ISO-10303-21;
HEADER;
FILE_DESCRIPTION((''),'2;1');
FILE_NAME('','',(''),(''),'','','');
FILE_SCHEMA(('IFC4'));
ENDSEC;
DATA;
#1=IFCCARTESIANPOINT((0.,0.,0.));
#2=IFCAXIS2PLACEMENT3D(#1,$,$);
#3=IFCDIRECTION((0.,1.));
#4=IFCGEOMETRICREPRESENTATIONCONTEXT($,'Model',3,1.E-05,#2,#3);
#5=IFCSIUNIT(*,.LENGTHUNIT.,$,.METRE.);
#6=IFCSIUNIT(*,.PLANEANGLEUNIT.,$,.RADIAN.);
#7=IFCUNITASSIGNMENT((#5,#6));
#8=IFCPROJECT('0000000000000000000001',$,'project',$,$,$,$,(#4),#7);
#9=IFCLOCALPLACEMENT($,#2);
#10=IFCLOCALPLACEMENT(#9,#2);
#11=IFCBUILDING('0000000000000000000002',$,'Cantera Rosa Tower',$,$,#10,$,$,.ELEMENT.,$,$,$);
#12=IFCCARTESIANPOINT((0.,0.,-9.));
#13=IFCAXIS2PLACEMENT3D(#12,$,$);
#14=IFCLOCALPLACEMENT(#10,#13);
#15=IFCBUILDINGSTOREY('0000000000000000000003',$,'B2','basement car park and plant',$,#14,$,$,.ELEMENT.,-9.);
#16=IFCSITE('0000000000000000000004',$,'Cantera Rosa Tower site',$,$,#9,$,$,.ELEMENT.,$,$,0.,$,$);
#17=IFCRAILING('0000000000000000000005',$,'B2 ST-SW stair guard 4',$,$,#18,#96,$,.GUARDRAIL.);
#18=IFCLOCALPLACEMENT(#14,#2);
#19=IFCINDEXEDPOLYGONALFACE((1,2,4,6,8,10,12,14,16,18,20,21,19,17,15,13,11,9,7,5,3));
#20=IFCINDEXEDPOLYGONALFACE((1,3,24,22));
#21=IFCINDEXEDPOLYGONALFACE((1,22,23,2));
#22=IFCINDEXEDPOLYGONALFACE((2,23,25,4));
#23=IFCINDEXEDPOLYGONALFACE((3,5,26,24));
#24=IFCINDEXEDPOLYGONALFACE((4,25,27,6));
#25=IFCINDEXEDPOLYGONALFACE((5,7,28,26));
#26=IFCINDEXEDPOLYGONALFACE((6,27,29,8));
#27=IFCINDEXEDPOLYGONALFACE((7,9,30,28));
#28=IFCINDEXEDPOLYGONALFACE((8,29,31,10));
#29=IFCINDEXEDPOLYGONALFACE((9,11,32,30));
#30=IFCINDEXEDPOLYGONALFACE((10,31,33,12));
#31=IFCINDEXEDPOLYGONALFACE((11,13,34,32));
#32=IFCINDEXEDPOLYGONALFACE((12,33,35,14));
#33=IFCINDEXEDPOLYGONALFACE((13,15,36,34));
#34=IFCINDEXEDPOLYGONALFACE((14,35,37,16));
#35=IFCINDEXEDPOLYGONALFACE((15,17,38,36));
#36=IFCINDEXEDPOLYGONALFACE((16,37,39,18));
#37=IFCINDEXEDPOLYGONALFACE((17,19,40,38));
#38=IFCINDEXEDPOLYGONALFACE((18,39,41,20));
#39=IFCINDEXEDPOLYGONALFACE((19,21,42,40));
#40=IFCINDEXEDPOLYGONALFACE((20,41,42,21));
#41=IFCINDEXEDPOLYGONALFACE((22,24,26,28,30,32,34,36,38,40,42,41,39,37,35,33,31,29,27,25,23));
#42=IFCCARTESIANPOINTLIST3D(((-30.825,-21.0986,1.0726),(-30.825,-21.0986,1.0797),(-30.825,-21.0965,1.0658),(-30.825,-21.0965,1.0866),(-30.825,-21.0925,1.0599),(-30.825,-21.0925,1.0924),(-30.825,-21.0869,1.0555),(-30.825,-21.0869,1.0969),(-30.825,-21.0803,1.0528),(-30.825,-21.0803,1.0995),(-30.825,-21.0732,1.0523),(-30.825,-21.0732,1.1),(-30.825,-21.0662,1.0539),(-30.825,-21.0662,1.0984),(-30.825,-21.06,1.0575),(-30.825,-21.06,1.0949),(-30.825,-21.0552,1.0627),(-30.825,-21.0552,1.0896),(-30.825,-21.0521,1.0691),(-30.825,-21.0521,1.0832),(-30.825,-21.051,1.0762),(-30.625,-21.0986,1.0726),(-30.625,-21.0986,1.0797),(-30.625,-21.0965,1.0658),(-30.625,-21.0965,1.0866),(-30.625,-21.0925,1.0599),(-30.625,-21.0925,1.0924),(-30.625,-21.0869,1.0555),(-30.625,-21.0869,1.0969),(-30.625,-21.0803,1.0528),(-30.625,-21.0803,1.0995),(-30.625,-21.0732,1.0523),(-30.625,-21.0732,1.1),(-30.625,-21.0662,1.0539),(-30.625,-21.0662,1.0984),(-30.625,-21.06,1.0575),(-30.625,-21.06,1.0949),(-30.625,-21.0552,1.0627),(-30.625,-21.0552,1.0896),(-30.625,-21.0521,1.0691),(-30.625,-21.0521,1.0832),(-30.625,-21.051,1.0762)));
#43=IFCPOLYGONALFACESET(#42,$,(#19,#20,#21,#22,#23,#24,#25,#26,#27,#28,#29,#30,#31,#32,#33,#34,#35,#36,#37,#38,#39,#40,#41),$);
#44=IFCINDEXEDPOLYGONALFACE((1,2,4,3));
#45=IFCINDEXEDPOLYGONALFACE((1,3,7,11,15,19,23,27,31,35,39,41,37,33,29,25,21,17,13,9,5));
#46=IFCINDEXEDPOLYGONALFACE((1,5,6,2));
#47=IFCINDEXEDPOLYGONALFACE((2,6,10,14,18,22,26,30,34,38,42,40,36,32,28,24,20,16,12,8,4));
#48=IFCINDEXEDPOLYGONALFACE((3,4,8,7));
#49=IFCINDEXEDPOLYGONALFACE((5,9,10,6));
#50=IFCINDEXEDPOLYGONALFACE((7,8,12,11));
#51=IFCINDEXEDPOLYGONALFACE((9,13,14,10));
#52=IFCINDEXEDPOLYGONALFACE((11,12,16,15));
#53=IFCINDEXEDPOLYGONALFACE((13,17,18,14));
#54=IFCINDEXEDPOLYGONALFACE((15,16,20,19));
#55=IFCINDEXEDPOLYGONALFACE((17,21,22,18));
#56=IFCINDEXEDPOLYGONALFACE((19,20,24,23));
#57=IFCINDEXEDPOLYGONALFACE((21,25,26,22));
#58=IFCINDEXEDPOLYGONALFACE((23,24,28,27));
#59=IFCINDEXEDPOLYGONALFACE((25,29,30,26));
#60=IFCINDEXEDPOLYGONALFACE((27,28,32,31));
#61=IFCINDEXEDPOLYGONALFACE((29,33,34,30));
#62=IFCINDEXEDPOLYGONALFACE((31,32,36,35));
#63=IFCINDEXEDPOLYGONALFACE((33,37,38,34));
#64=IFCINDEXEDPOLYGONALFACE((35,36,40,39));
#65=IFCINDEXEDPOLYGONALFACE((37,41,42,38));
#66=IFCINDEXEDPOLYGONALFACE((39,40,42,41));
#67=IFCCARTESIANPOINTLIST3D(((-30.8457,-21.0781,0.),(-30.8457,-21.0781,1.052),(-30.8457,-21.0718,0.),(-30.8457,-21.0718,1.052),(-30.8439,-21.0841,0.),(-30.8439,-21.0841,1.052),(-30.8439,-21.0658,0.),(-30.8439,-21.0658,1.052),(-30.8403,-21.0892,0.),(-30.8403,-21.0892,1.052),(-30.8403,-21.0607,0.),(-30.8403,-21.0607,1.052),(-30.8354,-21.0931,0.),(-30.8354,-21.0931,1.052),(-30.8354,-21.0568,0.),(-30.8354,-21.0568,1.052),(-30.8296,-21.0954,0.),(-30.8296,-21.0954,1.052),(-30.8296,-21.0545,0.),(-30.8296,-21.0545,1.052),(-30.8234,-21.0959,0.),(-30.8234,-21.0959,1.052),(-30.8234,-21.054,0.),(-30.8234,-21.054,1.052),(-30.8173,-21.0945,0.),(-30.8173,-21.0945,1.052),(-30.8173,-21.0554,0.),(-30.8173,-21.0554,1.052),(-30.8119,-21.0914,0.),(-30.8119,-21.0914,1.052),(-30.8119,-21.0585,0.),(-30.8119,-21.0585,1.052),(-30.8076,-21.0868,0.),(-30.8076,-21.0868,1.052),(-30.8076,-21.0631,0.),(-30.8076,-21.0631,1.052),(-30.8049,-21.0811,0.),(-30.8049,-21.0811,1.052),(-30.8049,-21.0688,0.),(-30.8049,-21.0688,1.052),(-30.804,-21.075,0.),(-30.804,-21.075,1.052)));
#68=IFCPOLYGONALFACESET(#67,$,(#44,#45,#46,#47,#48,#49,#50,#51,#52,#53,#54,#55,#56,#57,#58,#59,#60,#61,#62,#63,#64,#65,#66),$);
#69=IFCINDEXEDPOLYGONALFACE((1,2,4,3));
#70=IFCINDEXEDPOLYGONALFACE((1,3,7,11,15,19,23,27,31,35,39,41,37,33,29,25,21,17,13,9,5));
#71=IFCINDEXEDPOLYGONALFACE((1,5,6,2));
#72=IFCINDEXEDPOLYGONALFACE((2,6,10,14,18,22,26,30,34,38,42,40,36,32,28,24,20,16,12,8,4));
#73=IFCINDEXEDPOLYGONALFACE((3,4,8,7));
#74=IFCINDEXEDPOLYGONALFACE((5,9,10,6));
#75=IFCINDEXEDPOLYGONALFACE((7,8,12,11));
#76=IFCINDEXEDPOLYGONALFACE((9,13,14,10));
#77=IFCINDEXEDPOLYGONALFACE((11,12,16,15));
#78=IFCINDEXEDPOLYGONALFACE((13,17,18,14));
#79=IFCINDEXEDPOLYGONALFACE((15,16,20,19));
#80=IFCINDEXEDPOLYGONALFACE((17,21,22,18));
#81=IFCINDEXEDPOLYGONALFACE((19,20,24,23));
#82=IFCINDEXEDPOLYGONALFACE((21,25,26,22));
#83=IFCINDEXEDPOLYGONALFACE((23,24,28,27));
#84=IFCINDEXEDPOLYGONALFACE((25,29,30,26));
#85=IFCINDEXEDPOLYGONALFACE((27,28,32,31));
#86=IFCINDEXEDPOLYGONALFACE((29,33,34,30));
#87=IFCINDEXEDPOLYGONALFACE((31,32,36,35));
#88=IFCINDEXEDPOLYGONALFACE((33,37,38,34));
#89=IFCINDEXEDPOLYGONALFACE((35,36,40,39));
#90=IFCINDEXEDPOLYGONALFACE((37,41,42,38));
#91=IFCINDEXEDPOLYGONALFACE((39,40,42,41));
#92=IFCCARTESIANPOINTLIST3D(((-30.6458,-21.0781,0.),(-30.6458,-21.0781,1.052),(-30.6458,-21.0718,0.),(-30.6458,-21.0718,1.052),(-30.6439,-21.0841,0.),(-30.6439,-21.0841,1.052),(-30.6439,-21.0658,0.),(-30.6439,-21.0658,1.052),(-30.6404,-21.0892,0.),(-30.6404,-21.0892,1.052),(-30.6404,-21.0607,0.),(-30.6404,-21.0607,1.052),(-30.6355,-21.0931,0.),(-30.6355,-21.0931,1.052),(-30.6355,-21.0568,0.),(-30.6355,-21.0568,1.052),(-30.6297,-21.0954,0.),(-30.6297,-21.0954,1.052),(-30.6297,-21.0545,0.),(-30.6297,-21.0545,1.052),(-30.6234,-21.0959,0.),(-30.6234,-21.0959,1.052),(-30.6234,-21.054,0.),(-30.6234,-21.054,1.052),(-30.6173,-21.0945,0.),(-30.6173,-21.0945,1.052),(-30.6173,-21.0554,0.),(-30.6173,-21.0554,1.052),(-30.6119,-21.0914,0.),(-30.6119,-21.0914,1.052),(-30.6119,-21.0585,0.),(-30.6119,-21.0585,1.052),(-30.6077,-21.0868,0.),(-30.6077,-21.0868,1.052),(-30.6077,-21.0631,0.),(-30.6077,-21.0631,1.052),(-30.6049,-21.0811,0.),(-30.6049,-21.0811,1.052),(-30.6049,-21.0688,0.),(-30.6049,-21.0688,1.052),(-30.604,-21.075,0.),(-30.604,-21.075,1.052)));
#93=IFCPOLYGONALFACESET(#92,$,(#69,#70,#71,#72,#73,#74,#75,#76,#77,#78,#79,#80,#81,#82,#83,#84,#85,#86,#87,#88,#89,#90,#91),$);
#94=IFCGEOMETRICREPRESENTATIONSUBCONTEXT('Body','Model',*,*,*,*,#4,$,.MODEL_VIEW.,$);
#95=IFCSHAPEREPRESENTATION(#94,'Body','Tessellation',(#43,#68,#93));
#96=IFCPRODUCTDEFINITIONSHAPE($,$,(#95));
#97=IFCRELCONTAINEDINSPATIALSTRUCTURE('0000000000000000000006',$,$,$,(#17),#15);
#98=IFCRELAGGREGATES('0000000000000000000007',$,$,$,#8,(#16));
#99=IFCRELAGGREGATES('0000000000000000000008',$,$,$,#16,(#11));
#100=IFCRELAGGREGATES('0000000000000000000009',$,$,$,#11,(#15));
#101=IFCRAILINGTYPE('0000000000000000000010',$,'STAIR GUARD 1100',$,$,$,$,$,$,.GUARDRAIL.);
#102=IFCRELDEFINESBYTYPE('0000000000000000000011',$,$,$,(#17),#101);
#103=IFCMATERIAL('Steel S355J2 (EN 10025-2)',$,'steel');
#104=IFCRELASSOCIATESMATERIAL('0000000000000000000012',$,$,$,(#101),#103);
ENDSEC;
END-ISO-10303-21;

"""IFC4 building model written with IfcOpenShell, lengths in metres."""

from ifc_helpers import new_model, si_unit, direction, frame, origin, origin_2d, place, context, subcontext, project, spatial, circle, extrude, material, type_object, element, save


model = new_model("IFC4")

# Units and contexts
model_context = context("Model", 3, precision=1e-05, world=origin(), true_north=direction((0.0, 1.0)))
body_context = subcontext(model_context, "Body", "Model", "MODEL_VIEW")
ifc_project = project(units=[si_unit("LENGTHUNIT", "METRE"), si_unit("PLANEANGLEUNIT", "RADIAN")], contexts=[model_context])

# Site, building, storey
site_placement = place(None, origin())
site = spatial("IfcSite", under=ifc_project, at=site_placement, Name="Cantera Rosa Tower site", CompositionType="ELEMENT", RefElevation=0.0)
building_placement = place(site_placement, origin())
building = spatial("IfcBuilding", under=site, at=building_placement, Name="Cantera Rosa Tower", CompositionType="ELEMENT")
storey_placement = place(building_placement, frame((0.0, 0.0, -9.0)))
storey = spatial("IfcBuildingStorey", under=building, at=storey_placement, Name="B2", Description="basement car park and plant", CompositionType="ELEMENT", Elevation=-9.0)

# Railing
ifc_material_1 = material(Name="Steel S355J2 (EN 10025-2)", Category="steel")
railing_type_1 = type_object("IfcRailingType", Name="STAIR GUARD 1100", PredefinedType="GUARDRAIL", material=ifc_material_1)
railing_1_placement = place(storey_placement, frame((-30.825, -21.075, 0.0)))
element("IfcRailing", 1, at=railing_1_placement, inside=storey, type_object=railing_type_1, Name="B2 ST-SW stair guard 4", PredefinedType="GUARDRAIL", context=body_context, shape_type="SweptSolid", body=[
    extrude(circle(Radius=0.0239, at=origin_2d()), frame((0.0, 0.0, 1.0762), z_axis=(1.0, 0.0, 0.0), x_axis=(0.0, 1.0, 0.0)), (0.0, 0.0, 1.0), 0.2),
    extrude(circle(Radius=0.021, at=origin_2d()), origin(), (0.0, 0.0, 1.0), 1.052),
    extrude(circle(Radius=0.021, at=origin_2d()), frame((0.2, 0.0, 0.0)), (0.0, 0.0, 1.0), 1.052),
])

save(model, "model.ifc")
